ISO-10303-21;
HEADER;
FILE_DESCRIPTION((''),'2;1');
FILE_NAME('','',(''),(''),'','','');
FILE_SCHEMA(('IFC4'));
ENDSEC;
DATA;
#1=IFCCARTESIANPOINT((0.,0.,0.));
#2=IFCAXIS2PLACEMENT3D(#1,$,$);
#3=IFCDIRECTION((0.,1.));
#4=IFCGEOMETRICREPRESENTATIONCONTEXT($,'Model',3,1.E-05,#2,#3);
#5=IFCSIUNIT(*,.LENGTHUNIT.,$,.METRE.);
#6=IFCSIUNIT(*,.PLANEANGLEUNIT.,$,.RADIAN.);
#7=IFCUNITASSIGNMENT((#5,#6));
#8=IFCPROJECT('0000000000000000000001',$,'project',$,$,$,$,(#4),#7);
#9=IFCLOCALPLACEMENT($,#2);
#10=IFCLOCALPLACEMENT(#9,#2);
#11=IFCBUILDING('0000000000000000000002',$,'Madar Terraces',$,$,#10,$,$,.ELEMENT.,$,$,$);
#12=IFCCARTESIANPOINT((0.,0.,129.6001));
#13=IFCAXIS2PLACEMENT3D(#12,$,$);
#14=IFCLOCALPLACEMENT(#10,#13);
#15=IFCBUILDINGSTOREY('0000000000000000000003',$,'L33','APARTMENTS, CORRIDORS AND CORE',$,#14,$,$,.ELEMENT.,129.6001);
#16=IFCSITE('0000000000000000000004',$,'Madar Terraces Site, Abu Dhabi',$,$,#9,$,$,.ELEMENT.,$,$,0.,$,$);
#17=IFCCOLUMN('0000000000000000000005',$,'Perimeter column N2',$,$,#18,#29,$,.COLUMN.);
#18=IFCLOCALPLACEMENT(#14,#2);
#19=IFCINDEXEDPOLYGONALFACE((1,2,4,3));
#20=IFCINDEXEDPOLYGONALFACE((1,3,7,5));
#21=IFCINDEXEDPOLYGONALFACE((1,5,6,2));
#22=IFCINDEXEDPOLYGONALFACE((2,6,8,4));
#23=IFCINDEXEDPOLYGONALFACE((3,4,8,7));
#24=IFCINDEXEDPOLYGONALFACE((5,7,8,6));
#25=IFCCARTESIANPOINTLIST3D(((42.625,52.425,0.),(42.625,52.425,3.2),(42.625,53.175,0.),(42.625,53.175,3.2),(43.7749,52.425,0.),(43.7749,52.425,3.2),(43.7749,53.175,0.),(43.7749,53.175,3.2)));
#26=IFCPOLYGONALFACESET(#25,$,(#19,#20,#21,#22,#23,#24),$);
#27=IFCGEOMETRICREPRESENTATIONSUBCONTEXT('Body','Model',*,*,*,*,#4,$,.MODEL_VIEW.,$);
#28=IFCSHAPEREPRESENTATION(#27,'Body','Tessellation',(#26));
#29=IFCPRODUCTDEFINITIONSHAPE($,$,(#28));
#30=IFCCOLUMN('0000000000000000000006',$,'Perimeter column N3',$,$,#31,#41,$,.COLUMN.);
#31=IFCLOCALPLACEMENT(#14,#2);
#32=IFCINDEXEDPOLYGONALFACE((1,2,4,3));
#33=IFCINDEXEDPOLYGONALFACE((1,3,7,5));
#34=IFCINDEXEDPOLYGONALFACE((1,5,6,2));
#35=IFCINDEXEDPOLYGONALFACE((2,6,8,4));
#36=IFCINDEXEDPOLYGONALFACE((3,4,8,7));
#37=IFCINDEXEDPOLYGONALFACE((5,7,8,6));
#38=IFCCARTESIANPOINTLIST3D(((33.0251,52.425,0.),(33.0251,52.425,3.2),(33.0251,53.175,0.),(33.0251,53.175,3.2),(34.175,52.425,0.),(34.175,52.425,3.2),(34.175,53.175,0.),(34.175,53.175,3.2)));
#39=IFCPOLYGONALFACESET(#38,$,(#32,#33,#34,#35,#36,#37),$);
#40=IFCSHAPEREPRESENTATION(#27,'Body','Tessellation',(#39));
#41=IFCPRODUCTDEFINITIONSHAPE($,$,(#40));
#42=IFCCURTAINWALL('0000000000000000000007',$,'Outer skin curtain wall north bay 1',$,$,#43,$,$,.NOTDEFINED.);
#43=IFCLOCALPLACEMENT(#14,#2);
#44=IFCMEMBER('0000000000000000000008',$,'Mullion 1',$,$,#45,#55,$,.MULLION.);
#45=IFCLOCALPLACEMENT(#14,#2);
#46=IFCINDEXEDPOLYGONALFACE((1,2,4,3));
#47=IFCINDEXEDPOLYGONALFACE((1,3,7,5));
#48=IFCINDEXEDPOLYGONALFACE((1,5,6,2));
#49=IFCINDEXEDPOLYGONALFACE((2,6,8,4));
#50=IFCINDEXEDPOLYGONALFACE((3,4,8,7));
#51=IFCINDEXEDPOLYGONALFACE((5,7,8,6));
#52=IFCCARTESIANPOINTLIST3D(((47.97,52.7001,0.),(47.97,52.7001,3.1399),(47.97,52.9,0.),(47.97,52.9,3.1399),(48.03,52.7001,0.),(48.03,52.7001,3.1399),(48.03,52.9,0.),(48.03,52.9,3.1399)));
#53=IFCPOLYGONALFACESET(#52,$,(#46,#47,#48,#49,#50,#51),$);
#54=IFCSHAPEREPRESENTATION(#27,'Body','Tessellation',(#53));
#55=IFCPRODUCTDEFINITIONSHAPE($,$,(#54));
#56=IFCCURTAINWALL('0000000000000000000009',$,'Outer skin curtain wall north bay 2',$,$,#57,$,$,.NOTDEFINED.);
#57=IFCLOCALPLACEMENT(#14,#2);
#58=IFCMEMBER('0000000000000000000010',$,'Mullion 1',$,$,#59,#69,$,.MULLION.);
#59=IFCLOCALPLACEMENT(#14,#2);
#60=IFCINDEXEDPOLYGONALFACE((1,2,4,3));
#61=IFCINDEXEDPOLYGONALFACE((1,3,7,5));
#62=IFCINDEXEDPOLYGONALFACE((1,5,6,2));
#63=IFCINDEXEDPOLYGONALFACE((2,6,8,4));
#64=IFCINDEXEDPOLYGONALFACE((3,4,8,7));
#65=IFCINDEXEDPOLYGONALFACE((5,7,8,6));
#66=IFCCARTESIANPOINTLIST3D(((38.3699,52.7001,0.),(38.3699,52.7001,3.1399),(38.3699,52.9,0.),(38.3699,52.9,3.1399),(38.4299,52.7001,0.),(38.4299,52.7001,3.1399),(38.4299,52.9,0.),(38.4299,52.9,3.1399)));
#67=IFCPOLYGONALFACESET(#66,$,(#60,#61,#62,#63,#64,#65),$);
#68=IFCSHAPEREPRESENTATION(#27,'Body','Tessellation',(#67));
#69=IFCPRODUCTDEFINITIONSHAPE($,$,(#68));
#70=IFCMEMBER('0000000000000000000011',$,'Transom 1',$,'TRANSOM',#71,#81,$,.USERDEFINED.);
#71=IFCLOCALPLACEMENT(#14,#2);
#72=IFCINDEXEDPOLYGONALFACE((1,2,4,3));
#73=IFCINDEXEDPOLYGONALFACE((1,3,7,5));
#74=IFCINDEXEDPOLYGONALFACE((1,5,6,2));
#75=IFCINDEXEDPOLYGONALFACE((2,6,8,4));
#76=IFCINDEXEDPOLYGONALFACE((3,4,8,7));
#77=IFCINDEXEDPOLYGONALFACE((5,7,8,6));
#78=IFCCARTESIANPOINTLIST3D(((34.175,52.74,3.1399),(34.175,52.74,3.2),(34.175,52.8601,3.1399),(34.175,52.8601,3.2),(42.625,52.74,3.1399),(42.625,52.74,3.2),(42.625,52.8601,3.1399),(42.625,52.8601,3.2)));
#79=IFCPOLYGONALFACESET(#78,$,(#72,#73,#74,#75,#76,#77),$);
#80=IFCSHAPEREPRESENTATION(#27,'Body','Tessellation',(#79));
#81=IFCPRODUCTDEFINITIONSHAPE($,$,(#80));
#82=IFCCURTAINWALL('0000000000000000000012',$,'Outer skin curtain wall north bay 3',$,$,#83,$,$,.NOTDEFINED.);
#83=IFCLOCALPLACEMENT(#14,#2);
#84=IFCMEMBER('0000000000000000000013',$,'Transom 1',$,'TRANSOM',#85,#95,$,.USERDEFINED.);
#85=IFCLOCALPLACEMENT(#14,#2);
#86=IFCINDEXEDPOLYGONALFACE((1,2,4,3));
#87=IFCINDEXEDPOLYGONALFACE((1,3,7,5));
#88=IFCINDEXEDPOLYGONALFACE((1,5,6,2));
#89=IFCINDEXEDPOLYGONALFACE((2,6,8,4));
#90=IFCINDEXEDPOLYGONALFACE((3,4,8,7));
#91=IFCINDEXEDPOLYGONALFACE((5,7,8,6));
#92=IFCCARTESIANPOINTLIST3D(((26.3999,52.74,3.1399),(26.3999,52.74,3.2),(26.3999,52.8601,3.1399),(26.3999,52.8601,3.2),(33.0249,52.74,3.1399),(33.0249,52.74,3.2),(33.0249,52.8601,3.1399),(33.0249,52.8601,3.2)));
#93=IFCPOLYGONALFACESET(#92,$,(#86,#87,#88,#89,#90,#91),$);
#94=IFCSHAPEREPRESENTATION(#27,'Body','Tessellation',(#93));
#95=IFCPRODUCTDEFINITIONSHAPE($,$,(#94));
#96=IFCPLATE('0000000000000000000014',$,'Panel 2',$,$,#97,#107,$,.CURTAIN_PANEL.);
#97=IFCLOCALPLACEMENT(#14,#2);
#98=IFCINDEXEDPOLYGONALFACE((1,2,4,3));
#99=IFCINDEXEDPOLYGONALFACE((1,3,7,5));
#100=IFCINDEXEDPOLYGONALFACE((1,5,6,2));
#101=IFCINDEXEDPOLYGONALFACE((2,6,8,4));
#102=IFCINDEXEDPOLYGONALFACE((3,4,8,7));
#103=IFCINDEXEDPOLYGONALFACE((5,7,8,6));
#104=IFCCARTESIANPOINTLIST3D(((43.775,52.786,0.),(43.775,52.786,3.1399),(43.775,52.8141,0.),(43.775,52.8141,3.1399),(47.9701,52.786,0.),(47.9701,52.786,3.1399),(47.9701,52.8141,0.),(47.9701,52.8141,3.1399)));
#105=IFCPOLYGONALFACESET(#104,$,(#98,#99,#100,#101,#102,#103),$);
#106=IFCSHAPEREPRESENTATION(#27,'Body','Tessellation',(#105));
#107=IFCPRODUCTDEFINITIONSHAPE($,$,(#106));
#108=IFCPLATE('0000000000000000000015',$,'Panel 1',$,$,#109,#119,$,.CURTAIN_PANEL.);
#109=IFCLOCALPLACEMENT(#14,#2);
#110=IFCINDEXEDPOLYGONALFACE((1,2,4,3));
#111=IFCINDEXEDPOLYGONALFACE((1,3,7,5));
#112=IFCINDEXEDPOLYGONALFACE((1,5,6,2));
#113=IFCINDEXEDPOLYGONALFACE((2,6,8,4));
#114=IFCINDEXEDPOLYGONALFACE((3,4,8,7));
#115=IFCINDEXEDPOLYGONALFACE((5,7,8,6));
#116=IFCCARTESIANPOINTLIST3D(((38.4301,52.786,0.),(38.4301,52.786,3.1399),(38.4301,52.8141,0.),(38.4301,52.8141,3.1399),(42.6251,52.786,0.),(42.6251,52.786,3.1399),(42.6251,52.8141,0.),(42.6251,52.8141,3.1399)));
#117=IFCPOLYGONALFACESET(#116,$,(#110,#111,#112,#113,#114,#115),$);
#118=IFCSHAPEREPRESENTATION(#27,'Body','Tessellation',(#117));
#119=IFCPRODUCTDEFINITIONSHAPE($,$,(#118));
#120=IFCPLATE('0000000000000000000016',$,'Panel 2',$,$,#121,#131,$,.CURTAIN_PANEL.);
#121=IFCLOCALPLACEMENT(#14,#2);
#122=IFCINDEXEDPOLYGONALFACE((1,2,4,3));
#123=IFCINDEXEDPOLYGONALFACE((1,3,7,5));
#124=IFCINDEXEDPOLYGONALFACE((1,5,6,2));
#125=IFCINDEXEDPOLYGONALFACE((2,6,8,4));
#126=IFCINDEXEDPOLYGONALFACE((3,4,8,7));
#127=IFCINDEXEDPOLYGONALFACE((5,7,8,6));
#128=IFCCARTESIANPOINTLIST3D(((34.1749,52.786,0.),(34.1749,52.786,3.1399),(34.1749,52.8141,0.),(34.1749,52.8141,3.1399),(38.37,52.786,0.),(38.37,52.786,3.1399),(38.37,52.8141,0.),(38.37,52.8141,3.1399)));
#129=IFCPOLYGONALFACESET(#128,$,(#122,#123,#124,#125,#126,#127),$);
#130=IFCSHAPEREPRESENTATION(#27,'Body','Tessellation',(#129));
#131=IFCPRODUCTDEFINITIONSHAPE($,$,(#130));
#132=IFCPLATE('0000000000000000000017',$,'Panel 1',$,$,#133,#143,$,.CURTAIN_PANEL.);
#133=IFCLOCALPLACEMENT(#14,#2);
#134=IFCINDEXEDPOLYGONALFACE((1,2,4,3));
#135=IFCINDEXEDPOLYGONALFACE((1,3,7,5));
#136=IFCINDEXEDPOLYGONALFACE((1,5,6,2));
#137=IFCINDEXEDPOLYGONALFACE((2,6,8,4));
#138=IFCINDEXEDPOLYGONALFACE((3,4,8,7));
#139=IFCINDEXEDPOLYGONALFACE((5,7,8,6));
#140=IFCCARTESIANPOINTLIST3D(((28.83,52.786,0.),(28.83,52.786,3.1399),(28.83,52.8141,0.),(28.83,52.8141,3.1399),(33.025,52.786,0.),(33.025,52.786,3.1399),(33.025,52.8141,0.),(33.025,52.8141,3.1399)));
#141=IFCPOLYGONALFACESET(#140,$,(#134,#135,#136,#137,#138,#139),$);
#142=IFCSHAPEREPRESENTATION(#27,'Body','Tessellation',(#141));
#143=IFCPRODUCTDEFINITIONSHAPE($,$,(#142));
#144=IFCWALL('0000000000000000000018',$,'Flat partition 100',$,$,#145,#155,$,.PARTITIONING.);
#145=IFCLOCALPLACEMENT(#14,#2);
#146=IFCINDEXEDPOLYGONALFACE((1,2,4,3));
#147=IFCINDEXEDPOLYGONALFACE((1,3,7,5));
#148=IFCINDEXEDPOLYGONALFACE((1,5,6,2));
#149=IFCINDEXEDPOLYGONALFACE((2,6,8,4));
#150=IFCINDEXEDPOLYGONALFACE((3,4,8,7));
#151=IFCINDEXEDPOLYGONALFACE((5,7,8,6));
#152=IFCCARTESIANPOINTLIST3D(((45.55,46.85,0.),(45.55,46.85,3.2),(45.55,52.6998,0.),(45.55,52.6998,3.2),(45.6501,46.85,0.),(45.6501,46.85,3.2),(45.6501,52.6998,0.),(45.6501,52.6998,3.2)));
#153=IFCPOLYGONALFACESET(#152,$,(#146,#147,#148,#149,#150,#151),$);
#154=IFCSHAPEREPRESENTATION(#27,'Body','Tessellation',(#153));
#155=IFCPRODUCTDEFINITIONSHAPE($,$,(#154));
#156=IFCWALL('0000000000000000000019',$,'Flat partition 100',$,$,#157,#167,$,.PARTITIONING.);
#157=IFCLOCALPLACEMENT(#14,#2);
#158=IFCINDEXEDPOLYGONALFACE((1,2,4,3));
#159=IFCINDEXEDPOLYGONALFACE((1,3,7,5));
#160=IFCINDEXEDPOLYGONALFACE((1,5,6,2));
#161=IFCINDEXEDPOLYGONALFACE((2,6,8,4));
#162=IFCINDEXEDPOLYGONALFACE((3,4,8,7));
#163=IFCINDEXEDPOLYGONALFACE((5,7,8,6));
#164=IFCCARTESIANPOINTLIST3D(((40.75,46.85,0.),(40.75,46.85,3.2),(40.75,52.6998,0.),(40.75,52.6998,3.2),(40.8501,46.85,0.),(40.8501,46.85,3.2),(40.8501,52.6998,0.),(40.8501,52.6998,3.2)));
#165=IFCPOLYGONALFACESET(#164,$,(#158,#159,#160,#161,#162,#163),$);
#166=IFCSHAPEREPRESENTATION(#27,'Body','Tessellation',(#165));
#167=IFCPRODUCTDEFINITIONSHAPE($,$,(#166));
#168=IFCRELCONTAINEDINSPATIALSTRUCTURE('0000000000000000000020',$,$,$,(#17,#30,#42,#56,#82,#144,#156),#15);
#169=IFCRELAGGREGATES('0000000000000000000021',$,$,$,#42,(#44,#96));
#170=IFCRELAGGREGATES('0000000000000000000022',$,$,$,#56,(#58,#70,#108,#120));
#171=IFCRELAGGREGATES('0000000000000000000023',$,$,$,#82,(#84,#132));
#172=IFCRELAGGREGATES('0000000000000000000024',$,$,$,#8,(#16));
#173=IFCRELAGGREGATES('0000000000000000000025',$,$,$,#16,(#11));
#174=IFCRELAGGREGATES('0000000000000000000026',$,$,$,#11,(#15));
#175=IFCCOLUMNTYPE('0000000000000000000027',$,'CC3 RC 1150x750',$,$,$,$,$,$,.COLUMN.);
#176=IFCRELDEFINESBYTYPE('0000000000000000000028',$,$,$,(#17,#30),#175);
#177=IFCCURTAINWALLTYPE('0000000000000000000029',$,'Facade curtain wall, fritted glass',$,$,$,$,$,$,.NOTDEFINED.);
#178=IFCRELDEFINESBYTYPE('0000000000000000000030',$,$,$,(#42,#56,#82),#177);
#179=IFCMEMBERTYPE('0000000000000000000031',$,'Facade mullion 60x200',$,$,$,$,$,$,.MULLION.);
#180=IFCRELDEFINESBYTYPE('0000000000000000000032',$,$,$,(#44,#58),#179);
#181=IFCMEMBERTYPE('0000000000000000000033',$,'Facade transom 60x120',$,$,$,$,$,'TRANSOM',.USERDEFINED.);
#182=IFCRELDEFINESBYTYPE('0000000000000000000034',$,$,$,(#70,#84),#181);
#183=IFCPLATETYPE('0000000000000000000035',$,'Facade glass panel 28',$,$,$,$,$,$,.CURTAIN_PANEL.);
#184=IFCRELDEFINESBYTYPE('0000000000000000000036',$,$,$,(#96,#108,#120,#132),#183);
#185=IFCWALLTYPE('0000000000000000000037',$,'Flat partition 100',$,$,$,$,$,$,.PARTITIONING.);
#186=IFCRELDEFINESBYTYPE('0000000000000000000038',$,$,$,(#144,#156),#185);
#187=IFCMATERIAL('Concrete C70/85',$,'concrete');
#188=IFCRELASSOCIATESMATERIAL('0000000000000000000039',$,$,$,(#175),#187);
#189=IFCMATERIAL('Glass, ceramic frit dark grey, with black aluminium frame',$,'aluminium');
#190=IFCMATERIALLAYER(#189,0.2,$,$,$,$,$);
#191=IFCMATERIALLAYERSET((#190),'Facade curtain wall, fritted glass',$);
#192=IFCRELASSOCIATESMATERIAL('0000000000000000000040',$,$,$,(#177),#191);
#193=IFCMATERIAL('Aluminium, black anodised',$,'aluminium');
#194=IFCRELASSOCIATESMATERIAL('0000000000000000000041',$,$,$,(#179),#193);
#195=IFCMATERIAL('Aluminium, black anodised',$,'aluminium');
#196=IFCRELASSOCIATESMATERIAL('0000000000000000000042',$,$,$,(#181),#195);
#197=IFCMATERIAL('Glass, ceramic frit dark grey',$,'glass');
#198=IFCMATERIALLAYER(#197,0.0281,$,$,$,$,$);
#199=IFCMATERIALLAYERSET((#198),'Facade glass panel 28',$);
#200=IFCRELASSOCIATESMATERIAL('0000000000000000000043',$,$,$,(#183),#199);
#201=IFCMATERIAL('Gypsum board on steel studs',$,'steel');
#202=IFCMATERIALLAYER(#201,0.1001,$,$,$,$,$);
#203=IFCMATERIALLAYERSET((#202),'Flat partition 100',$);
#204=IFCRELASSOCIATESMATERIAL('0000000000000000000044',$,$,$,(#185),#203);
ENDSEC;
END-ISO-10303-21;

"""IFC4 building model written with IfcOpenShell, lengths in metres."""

from ifc_helpers import new_model, si_unit, direction, frame, frame_2d, origin, origin_2d, place, context, subcontext, project, spatial, rectangle, extrude, material, layer, layer_set, material_profile, profile_set, type_object, element, aggregate, save


model = new_model("IFC4")

# Units and contexts
model_context = context("Model", 3, precision=1e-05, world=origin(), true_north=direction((0.0, 1.0)))
body_context = subcontext(model_context, "Body", "Model", "MODEL_VIEW")
ifc_project = project(units=[si_unit("LENGTHUNIT", "METRE"), si_unit("PLANEANGLEUNIT", "RADIAN")], contexts=[model_context])

# Site, building, storey
site_placement = place(None, origin())
site = spatial("IfcSite", under=ifc_project, at=site_placement, Name="Madar Terraces Site, Abu Dhabi", CompositionType="ELEMENT", RefElevation=0.0)
building_placement = place(site_placement, origin())
building = spatial("IfcBuilding", under=site, at=building_placement, Name="Madar Terraces", CompositionType="ELEMENT")
storey_placement = place(building_placement, frame((0.0, 0.0, 129.6001)))
storey = spatial("IfcBuildingStorey", under=building, at=storey_placement, Name="L33", Description="APARTMENTS, CORRIDORS AND CORE", CompositionType="ELEMENT", Elevation=129.6001)

# Columns
ifc_material_1 = material(Name="Concrete C70/85", Category="concrete")
ifc_material_profile_1 = material_profile(ifc_material_1, rectangle(XDim=1.1499, YDim=0.75, at=origin_2d()), Name="CC3 RC 1150x750")
ifc_profile_set_1 = profile_set([ifc_material_profile_1], Name="Concrete C70/85")
column_type = type_object("IfcColumnType", Name="CC3 RC 1150x750", PredefinedType="COLUMN", material=ifc_profile_set_1)
for number, where, z_axis, x_axis, name in (
    (1, (43.2, 52.8, 0.0), (0.0, 0.0, 1.0), (1.0, 0.0, 0.0), "Perimeter column N2"),
    (2, (33.6001, 52.8, 0.0), (0.0, 0.0, 1.0), (1.0, 0.0, 0.0), "Perimeter column N3"),
):
    element("IfcColumn", number, at=place(storey_placement, frame(where, z_axis=z_axis, x_axis=x_axis)), inside=storey, type_object=column_type, Name=name, PredefinedType="COLUMN", context=body_context, shape_type="SweptSolid", body=[
        extrude(rectangle(XDim=1.1499, YDim=0.75, at=origin_2d()), origin(), (0.0, 0.0, 1.0), 3.2),
    ])

# Curtain wall, member
ifc_material_2 = material(Name="Glass, ceramic frit dark grey, with black aluminium frame", Category="aluminium")
ifc_layer_1 = layer(ifc_material_2, 0.2)
ifc_layer_set_1 = layer_set([ifc_layer_1], Name="Facade curtain wall, fritted glass")
curtain_wall_type = type_object("IfcCurtainWallType", Name="Facade curtain wall, fritted glass", PredefinedType="NOTDEFINED", material=ifc_layer_set_1)
curtain_wall_1_placement = place(storey_placement, origin())
curtain_wall_1 = element("IfcCurtainWall", 3, at=curtain_wall_1_placement, inside=storey, type_object=curtain_wall_type, Name="Outer skin curtain wall north bay 1", PredefinedType="NOTDEFINED")
ifc_material_3 = material(Name="Aluminium, black anodised", Category="aluminium")
ifc_material_profile_2 = material_profile(ifc_material_3, rectangle(XDim=0.2, YDim=0.0601, at=origin_2d()), Name="Facade mullion 60x200")
ifc_profile_set_2 = profile_set([ifc_material_profile_2], Name="Aluminium, black anodised")
member_type_1 = type_object("IfcMemberType", Name="Facade mullion 60x200", PredefinedType="MULLION", material=ifc_profile_set_2)
member_1_placement = place(storey_placement, frame((48.0, 52.8, 0.0), z_axis=(0.0, 0.0, 1.0), x_axis=(0.0, -1.0, 0.0)))
member_1 = element("IfcMember", 4, at=member_1_placement, type_object=member_type_1, Name="Mullion 1", PredefinedType="MULLION", context=body_context, shape_type="SweptSolid", body=[
    extrude(rectangle(XDim=0.2, YDim=0.0601, at=origin_2d()), origin(), (0.0, 0.0, 1.0), 3.1399),
])

# Curtain wall, members
curtain_wall_2_placement = place(storey_placement, origin())
curtain_wall_2 = element("IfcCurtainWall", 5, at=curtain_wall_2_placement, inside=storey, type_object=curtain_wall_type, Name="Outer skin curtain wall north bay 2", PredefinedType="NOTDEFINED")
member_2_placement = place(storey_placement, frame((38.3999, 52.8, 0.0), z_axis=(0.0, 0.0, 1.0), x_axis=(0.0, -1.0, 0.0)))
member_2 = element("IfcMember", 6, at=member_2_placement, type_object=member_type_1, Name="Mullion 1", PredefinedType="MULLION", context=body_context, shape_type="SweptSolid", body=[
    extrude(rectangle(XDim=0.2, YDim=0.0601, at=origin_2d()), origin(), (0.0, 0.0, 1.0), 3.1399),
])
ifc_material_4 = material(Name="Aluminium, black anodised", Category="aluminium")
ifc_material_profile_3 = material_profile(ifc_material_4, rectangle(XDim=0.1201, YDim=0.0601, at=origin_2d()), Name="Facade transom 60x120")
ifc_profile_set_3 = profile_set([ifc_material_profile_3], Name="Aluminium, black anodised")
member_type_2 = type_object("IfcMemberType", Name="Facade transom 60x120", ElementType="TRANSOM", PredefinedType="USERDEFINED", material=ifc_profile_set_3)
member_3_placement = place(storey_placement, frame((42.625, 52.8, 3.1699), z_axis=(-1.0, 0.0, 0.0), x_axis=(0.0, -1.0, 0.0)))
member_3 = element("IfcMember", 7, at=member_3_placement, type_object=member_type_2, Name="Transom 1", ObjectType="TRANSOM", PredefinedType="USERDEFINED", context=body_context, shape_type="SweptSolid", body=[
    extrude(rectangle(XDim=0.1201, YDim=0.0601, at=origin_2d()), origin(), (0.0, 0.0, 1.0), 8.45),
])

# Curtain wall, member
curtain_wall_3_placement = place(storey_placement, origin())
curtain_wall_3 = element("IfcCurtainWall", 8, at=curtain_wall_3_placement, inside=storey, type_object=curtain_wall_type, Name="Outer skin curtain wall north bay 3", PredefinedType="NOTDEFINED")
member_4_placement = place(storey_placement, frame((33.0249, 52.8, 3.1699), z_axis=(-1.0, 0.0, 0.0), x_axis=(0.0, -1.0, 0.0)))
member_4 = element("IfcMember", 9, at=member_4_placement, type_object=member_type_2, Name="Transom 1", ObjectType="TRANSOM", PredefinedType="USERDEFINED", context=body_context, shape_type="SweptSolid", body=[
    extrude(rectangle(XDim=0.1201, YDim=0.0601, at=origin_2d()), origin(), (0.0, 0.0, 1.0), 6.625),
])

# Plates
ifc_material_5 = material(Name="Glass, ceramic frit dark grey", Category="glass")
ifc_layer_2 = layer(ifc_material_5, 0.0281)
ifc_layer_set_2 = layer_set([ifc_layer_2], Name="Facade glass panel 28")
plate_type = type_object("IfcPlateType", Name="Facade glass panel 28", PredefinedType="CURTAIN_PANEL", material=ifc_layer_set_2)
plate_1_placement = place(storey_placement, frame((45.8726, 52.8, 0.0), z_axis=(0.0, 0.0, 1.0), x_axis=(-1.0, 0.0, 0.0)))
plate_1 = element("IfcPlate", 10, at=plate_1_placement, type_object=plate_type, Name="Panel 2", PredefinedType="CURTAIN_PANEL", context=body_context, shape_type="SweptSolid", body=[
    extrude(rectangle(XDim=4.1951, YDim=0.0281, at=origin_2d()), origin(), (0.0, 0.0, 1.0), 3.1399),
])
aggregate(curtain_wall_1, [member_1, plate_1])
plate_2_placement = place(storey_placement, frame((40.5276, 52.8, 0.0), z_axis=(0.0, 0.0, 1.0), x_axis=(-1.0, 0.0, 0.0)))
plate_2 = element("IfcPlate", 11, at=plate_2_placement, type_object=plate_type, Name="Panel 1", PredefinedType="CURTAIN_PANEL", context=body_context, shape_type="SweptSolid", body=[
    extrude(rectangle(XDim=4.1951, YDim=0.0281, at=origin_2d()), origin(), (0.0, 0.0, 1.0), 3.1399),
])
plate_3_placement = place(storey_placement, frame((36.2725, 52.8, 0.0), z_axis=(0.0, 0.0, 1.0), x_axis=(-1.0, 0.0, 0.0)))
plate_3 = element("IfcPlate", 12, at=plate_3_placement, type_object=plate_type, Name="Panel 2", PredefinedType="CURTAIN_PANEL", context=body_context, shape_type="SweptSolid", body=[
    extrude(rectangle(XDim=4.1951, YDim=0.0281, at=origin_2d()), origin(), (0.0, 0.0, 1.0), 3.1399),
])
aggregate(curtain_wall_2, [member_2, member_3, plate_2, plate_3])
plate_4_placement = place(storey_placement, frame((30.9275, 52.8, 0.0), z_axis=(0.0, 0.0, 1.0), x_axis=(-1.0, 0.0, 0.0)))
plate_4 = element("IfcPlate", 13, at=plate_4_placement, type_object=plate_type, Name="Panel 1", PredefinedType="CURTAIN_PANEL", context=body_context, shape_type="SweptSolid", body=[
    extrude(rectangle(XDim=4.1951, YDim=0.0281, at=origin_2d()), origin(), (0.0, 0.0, 1.0), 3.1399),
])
aggregate(curtain_wall_3, [member_4, plate_4])

# Walls
ifc_material_6 = material(Name="Gypsum board on steel studs", Category="steel")
ifc_layer_3 = layer(ifc_material_6, 0.1001)
ifc_layer_set_3 = layer_set([ifc_layer_3], Name="Flat partition 100")
wall_type_1 = type_object("IfcWallType", Name="Flat partition 100", PredefinedType="PARTITIONING", material=ifc_layer_set_3)
for number, where, z_axis, x_axis, name in (
    (14, (45.6001, 46.8501, 0.0), (0.0, 0.0, 1.0), (0.0, 1.0, 0.0), "Flat partition 100"),
    (15, (40.8, 46.8501, 0.0), (0.0, 0.0, 1.0), (0.0, 1.0, 0.0), "Flat partition 100"),
):
    element("IfcWall", number, at=place(storey_placement, frame(where, z_axis=z_axis, x_axis=x_axis)), inside=storey, type_object=wall_type_1, Name=name, PredefinedType="PARTITIONING", context=body_context, shape_type="SweptSolid", body=[
        extrude(rectangle(XDim=5.8499, YDim=0.1001, at=frame_2d((2.9248, 0.0))), origin(), (0.0, 0.0, 1.0), 3.2),
    ])

save(model, "model.ifc")
